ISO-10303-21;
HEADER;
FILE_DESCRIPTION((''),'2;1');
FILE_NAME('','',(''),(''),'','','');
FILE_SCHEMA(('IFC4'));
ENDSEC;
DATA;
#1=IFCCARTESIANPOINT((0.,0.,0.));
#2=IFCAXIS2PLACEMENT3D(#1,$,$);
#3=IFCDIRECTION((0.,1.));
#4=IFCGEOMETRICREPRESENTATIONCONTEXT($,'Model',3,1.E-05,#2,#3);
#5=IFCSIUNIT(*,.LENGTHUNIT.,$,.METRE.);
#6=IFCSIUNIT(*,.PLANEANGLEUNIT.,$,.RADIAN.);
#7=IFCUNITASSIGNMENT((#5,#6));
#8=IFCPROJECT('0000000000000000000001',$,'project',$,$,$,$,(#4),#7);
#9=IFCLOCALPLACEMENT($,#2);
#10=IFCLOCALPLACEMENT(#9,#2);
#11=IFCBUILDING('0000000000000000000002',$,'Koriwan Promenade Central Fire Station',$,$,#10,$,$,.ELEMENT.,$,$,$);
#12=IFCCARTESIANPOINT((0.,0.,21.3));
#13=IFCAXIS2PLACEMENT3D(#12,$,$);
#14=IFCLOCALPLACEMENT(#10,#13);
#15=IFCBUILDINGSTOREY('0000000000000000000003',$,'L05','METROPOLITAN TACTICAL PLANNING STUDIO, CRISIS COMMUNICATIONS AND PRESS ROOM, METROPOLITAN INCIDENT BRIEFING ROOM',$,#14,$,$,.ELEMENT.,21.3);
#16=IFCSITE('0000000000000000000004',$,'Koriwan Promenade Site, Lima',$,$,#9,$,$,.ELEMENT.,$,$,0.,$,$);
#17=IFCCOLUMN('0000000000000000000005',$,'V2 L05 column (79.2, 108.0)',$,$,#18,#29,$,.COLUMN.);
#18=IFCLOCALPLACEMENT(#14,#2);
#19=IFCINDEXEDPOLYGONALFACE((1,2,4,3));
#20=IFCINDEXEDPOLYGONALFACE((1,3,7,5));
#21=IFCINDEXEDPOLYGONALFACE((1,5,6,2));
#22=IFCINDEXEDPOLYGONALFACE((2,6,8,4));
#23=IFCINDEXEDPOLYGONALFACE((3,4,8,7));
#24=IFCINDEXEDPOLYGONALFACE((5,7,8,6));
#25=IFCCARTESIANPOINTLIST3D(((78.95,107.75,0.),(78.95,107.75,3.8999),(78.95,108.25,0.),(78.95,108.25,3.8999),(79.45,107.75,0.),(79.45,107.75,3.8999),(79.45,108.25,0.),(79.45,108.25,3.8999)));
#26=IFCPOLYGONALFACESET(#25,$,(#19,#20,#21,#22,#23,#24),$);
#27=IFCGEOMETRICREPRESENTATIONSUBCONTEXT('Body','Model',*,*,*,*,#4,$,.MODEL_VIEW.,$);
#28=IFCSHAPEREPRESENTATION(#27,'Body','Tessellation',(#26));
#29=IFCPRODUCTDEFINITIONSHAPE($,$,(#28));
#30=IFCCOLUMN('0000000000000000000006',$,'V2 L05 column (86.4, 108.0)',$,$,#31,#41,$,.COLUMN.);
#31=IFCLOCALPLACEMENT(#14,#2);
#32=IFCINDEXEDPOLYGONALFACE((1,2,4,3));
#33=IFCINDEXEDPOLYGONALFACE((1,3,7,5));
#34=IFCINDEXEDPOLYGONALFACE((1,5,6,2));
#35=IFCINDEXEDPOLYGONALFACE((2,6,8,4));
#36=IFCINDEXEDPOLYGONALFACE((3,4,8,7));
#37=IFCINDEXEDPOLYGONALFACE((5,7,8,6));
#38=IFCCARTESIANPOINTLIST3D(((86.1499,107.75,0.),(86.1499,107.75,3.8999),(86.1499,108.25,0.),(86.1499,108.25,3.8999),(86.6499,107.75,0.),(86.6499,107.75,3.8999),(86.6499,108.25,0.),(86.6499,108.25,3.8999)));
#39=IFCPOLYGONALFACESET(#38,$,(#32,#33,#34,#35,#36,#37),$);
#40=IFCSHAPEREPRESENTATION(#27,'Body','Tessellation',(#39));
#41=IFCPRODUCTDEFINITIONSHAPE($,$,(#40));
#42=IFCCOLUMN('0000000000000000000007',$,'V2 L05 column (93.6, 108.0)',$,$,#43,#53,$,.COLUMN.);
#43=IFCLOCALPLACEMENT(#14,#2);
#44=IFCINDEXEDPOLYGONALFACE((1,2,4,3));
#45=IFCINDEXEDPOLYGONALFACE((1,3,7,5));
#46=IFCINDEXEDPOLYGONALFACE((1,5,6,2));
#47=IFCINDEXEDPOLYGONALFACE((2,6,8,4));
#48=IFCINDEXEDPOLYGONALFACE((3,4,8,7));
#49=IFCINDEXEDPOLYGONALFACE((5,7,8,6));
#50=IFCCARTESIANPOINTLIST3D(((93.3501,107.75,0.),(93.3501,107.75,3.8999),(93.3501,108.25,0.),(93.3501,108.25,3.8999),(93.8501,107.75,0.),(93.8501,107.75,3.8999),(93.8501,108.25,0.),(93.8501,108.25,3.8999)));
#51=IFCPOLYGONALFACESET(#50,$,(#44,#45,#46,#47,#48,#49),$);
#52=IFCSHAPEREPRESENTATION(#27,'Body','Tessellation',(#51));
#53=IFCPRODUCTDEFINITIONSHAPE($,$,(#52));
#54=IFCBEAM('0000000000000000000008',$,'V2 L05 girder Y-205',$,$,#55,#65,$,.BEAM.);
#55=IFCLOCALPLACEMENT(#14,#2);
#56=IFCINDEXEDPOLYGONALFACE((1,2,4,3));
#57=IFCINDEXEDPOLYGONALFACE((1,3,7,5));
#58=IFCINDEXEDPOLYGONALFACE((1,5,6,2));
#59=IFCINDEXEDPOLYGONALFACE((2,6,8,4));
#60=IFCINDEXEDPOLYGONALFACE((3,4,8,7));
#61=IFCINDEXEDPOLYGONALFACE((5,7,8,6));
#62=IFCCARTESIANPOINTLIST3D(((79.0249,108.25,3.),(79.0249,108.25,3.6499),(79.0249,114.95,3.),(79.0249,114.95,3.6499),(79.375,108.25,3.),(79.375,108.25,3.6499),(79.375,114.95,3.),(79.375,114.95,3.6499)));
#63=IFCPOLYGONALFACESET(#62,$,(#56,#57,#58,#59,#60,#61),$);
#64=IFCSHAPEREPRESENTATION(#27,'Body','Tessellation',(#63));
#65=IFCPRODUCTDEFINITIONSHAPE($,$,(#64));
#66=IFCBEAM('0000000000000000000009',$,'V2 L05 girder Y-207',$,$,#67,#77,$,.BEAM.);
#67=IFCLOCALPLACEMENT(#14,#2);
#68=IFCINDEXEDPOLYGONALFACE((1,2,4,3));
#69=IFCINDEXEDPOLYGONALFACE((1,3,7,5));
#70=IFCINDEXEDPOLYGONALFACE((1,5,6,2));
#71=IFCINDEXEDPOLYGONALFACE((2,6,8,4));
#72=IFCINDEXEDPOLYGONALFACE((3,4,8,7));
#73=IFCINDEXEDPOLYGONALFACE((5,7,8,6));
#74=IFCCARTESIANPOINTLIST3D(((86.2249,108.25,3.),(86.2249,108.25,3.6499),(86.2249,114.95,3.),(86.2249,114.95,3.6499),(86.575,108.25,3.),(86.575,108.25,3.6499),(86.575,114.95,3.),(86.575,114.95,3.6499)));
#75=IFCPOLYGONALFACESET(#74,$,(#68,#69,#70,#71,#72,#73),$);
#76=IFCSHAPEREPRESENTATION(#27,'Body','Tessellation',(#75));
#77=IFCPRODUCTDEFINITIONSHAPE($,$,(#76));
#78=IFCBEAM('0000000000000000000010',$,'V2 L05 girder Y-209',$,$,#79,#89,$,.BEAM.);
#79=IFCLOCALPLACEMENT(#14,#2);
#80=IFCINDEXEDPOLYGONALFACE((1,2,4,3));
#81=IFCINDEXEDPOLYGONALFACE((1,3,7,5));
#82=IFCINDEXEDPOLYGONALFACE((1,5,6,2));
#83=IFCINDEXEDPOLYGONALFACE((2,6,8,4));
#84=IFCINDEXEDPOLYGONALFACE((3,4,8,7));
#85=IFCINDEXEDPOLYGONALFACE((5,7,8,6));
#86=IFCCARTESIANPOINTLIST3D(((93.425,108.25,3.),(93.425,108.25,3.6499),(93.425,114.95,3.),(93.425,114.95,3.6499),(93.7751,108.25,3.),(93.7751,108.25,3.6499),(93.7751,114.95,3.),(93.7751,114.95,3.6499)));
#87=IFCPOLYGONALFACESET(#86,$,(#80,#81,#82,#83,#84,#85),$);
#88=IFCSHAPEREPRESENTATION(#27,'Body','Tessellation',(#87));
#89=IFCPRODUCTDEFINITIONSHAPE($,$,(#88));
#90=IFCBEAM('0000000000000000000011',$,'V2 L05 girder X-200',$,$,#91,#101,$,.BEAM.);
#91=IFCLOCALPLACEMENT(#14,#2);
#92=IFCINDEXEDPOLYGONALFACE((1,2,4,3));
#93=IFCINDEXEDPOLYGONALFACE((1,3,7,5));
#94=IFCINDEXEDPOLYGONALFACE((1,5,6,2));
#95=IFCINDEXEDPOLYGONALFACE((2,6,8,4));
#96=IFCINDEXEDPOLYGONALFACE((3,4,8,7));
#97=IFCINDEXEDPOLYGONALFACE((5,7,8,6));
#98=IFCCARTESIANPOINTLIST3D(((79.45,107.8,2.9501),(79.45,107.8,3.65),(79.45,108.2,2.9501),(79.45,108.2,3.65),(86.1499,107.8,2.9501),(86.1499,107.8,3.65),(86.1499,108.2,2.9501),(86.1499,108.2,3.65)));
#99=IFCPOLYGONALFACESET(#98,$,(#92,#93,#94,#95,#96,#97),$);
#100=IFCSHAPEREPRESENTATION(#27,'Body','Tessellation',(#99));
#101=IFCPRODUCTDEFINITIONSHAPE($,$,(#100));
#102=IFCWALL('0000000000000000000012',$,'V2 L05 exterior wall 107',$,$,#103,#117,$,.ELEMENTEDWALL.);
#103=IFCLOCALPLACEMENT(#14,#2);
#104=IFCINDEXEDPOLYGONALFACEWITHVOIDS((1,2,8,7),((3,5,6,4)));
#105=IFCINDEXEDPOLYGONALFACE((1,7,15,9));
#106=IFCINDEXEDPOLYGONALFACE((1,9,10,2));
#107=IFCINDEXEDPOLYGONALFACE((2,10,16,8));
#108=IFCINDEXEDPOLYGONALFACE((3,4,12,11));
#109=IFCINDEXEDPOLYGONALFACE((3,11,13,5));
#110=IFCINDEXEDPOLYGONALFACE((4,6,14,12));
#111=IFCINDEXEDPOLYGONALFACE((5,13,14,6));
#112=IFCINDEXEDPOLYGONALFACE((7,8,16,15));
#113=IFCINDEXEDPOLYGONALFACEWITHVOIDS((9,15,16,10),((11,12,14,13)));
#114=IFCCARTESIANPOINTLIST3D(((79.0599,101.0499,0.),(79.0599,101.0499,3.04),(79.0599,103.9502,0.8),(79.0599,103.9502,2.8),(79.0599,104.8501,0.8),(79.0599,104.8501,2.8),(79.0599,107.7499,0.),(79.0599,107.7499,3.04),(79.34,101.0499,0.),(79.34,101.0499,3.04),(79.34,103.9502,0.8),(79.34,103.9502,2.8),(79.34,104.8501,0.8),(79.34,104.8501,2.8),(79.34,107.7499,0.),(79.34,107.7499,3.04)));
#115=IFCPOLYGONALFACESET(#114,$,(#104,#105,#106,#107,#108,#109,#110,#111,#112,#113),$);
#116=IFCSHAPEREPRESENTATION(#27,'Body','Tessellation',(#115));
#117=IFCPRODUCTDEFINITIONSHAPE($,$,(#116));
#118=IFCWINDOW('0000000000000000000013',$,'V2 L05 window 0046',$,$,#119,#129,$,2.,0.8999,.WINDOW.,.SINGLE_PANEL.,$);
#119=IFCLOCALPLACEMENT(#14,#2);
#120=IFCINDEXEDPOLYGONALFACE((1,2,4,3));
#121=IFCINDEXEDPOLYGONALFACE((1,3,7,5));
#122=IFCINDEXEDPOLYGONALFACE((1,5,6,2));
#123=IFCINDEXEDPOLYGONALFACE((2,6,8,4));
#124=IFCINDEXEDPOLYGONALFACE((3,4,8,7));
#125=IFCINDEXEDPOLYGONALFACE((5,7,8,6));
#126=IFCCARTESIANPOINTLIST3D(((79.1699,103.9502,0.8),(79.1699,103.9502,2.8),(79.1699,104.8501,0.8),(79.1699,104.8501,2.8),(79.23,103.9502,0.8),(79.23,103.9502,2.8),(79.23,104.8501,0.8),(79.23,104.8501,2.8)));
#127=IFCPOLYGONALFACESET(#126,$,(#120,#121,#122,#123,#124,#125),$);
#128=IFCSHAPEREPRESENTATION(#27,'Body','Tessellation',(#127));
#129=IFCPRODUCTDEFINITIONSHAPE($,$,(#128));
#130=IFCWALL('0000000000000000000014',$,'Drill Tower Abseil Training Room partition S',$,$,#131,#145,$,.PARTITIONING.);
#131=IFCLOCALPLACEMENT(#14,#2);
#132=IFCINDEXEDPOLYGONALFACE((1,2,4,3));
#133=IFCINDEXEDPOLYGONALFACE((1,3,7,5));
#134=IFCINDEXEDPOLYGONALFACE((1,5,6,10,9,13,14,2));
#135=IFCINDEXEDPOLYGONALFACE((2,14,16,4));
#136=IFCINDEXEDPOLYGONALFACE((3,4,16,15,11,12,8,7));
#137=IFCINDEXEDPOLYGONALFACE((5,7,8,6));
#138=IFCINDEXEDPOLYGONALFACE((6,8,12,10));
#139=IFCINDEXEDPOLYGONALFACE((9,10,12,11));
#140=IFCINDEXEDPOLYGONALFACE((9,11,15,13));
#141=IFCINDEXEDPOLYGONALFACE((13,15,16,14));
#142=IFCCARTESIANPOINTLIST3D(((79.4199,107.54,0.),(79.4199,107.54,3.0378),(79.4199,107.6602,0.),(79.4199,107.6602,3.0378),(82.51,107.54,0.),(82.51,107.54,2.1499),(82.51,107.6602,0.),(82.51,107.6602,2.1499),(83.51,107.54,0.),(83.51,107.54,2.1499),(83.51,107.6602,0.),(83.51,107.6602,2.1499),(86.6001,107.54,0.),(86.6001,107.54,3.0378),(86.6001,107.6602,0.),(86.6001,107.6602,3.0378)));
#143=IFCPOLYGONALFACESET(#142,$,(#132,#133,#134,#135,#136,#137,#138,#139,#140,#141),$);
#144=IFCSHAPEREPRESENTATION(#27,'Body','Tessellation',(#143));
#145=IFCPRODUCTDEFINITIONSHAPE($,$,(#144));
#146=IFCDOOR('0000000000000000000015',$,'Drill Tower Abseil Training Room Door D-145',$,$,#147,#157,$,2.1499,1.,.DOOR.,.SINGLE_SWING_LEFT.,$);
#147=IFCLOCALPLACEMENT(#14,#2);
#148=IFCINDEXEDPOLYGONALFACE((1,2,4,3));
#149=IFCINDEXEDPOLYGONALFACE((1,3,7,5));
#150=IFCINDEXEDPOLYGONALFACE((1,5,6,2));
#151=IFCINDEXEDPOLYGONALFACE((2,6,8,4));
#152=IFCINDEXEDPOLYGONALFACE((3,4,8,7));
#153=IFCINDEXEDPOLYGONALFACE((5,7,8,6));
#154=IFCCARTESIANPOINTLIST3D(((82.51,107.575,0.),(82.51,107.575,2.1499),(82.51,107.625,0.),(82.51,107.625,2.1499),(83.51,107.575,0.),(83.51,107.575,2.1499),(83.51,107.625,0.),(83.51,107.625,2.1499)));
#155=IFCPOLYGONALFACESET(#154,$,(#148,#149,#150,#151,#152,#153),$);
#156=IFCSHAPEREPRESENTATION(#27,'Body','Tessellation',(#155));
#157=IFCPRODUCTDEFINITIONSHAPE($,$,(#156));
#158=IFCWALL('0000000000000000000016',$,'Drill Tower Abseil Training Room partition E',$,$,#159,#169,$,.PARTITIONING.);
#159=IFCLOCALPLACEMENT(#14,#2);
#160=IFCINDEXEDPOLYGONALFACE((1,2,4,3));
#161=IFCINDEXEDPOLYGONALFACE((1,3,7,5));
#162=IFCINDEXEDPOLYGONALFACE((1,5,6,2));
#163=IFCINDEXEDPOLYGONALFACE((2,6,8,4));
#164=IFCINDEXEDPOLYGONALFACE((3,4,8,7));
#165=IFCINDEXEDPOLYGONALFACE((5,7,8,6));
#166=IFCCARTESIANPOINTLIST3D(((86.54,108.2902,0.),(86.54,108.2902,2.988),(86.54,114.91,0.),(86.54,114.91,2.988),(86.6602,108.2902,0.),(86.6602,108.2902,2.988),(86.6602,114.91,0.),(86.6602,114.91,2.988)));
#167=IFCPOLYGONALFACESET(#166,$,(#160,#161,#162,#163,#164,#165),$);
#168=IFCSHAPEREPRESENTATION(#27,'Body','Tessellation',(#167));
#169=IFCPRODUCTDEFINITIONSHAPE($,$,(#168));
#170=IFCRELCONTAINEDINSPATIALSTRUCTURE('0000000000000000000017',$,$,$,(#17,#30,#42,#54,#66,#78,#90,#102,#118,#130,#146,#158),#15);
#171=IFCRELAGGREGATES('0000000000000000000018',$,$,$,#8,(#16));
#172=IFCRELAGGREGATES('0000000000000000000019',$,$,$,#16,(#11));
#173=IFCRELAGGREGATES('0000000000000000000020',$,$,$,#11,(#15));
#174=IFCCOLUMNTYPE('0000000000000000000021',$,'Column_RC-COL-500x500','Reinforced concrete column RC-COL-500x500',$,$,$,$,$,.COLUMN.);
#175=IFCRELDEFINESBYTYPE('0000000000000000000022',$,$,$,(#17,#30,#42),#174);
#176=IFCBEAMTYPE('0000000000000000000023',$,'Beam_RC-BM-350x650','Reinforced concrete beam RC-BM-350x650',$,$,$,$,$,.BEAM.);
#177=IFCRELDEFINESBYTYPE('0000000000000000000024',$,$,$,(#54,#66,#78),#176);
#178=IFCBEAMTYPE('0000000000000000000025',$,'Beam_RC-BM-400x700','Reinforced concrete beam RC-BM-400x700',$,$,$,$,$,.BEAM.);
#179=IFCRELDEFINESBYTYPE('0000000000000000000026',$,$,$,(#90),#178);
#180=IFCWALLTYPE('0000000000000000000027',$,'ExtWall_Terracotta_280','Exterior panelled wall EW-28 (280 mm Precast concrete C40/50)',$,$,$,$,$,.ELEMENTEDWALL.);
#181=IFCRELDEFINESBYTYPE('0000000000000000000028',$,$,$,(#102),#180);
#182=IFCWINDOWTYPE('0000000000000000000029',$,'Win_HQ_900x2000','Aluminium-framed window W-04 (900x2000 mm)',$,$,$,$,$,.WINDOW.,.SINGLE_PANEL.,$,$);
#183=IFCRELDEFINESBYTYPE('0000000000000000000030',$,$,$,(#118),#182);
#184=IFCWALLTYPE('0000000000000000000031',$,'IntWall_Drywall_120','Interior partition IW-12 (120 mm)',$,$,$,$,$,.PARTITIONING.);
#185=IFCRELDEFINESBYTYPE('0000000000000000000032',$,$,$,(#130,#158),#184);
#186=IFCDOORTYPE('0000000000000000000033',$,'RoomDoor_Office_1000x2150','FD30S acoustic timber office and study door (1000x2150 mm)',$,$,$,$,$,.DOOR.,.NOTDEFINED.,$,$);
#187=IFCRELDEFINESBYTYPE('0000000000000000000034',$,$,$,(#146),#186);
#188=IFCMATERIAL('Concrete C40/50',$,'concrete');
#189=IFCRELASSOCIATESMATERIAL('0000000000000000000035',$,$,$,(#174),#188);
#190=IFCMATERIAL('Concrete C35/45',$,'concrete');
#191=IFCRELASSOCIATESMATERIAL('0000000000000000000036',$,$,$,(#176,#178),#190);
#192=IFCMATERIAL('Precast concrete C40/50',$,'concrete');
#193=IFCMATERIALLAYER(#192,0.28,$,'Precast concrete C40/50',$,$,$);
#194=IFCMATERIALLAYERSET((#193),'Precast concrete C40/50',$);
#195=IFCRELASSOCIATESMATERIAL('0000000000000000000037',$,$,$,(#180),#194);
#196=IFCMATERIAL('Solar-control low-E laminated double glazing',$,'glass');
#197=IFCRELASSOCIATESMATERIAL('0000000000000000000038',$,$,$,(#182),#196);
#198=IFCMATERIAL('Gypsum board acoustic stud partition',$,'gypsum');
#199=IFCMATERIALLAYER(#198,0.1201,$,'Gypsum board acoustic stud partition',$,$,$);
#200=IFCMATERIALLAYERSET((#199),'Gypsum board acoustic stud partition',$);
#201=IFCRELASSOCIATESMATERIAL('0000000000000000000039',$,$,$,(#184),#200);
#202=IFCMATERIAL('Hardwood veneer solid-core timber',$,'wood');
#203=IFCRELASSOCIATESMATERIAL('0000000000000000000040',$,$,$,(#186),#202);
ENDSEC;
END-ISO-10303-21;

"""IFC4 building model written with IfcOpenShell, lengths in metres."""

from ifc_helpers import new_model, si_unit, direction, frame, frame_2d, origin, origin_2d, place, context, subcontext, project, spatial, rectangle, extrude, material, layer, layer_set, material_profile, profile_set, type_object, element, fill, save


model = new_model("IFC4")

# Units and contexts
model_context = context("Model", 3, precision=1e-05, world=origin(), true_north=direction((0.0, 1.0)))
body_context = subcontext(model_context, "Body", "Model", "MODEL_VIEW")
ifc_project = project(units=[si_unit("LENGTHUNIT", "METRE"), si_unit("PLANEANGLEUNIT", "RADIAN")], contexts=[model_context])

# Site, building, storey
site_placement = place(None, origin())
site = spatial("IfcSite", under=ifc_project, at=site_placement, Name="Koriwan Promenade Site, Lima", CompositionType="ELEMENT", RefElevation=0.0)
building_placement = place(site_placement, origin())
building = spatial("IfcBuilding", under=site, at=building_placement, Name="Koriwan Promenade Central Fire Station", CompositionType="ELEMENT")
storey_placement = place(building_placement, frame((0.0, 0.0, 21.3)))
storey = spatial("IfcBuildingStorey", under=building, at=storey_placement, Name="L05", Description="METROPOLITAN TACTICAL PLANNING STUDIO, CRISIS COMMUNICATIONS AND PRESS ROOM, METROPOLITAN INCIDENT BRIEFING ROOM", CompositionType="ELEMENT", Elevation=21.3)

# Columns
ifc_material_1 = material(Name="Concrete C40/50", Category="concrete")
ifc_material_profile_1 = material_profile(ifc_material_1, rectangle(XDim=0.5, YDim=0.5, at=origin_2d()), Name="RC-COL-500x500")
ifc_profile_set_1 = profile_set([ifc_material_profile_1], Name="Concrete C40/50")
column_type = type_object("IfcColumnType", Name="Column_RC-COL-500x500", Description="Reinforced concrete column RC-COL-500x500", PredefinedType="COLUMN", material=ifc_profile_set_1)
for number, where, z_axis, x_axis, name in (
    (1, (79.2, 108.0, 0.0), (0.0, 0.0, 1.0), (1.0, 0.0, 0.0), "V2 L05 column (79.2, 108.0)"),
    (2, (86.3999, 108.0, 0.0), (0.0, 0.0, 1.0), (1.0, 0.0, 0.0), "V2 L05 column (86.4, 108.0)"),
    (3, (93.6001, 108.0, 0.0), (0.0, 0.0, 1.0), (1.0, 0.0, 0.0), "V2 L05 column (93.6, 108.0)"),
):
    element("IfcColumn", number, at=place(storey_placement, frame(where, z_axis=z_axis, x_axis=x_axis)), inside=storey, type_object=column_type, Name=name, PredefinedType="COLUMN", context=body_context, shape_type="SweptSolid", body=[
        extrude(rectangle(XDim=0.5, YDim=0.5, at=origin_2d()), origin(), (0.0, 0.0, 1.0), 3.8999),
    ])

# Beams
ifc_material_2 = material(Name="Concrete C35/45", Category="concrete")
ifc_material_profile_2 = material_profile(ifc_material_2, rectangle(XDim=0.3501, YDim=0.6499, at=origin_2d()), Name="RC-BM-350x650")
ifc_profile_set_2 = profile_set([ifc_material_profile_2], Name="Concrete C35/45")
beam_type_1 = type_object("IfcBeamType", Name="Beam_RC-BM-350x650", Description="Reinforced concrete beam RC-BM-350x650", PredefinedType="BEAM", material=ifc_profile_set_2)
for number, where, z_axis, x_axis, name in (
    (4, (79.2, 108.25, 3.325), (0.0, 1.0, 0.0), (-1.0, 0.0, 0.0), "V2 L05 girder Y-205"),
    (5, (86.3999, 108.25, 3.325), (0.0, 1.0, 0.0), (-1.0, 0.0, 0.0), "V2 L05 girder Y-207"),
    (6, (93.6001, 108.25, 3.325), (0.0, 1.0, 0.0), (-1.0, 0.0, 0.0), "V2 L05 girder Y-209"),
):
    element("IfcBeam", number, at=place(storey_placement, frame(where, z_axis=z_axis, x_axis=x_axis)), inside=storey, type_object=beam_type_1, Name=name, PredefinedType="BEAM", context=body_context, shape_type="SweptSolid", body=[
        extrude(rectangle(XDim=0.3501, YDim=0.6499, at=origin_2d()), origin(), (0.0, 0.0, 1.0), 6.7),
    ])
ifc_material_profile_3 = material_profile(ifc_material_2, rectangle(XDim=0.3999, YDim=0.7, at=origin_2d()), Name="RC-BM-400x700")
ifc_profile_set_3 = profile_set([ifc_material_profile_3], Name="Concrete C35/45")
beam_type_2 = type_object("IfcBeamType", Name="Beam_RC-BM-400x700", Description="Reinforced concrete beam RC-BM-400x700", PredefinedType="BEAM", material=ifc_profile_set_3)
beam_placement = place(storey_placement, frame((79.45, 108.0, 3.3), z_axis=(1.0, 0.0, 0.0), x_axis=(0.0, 1.0, 0.0)))
element("IfcBeam", 7, at=beam_placement, inside=storey, type_object=beam_type_2, Name="V2 L05 girder X-200", PredefinedType="BEAM", context=body_context, shape_type="SweptSolid", body=[
    extrude(rectangle(XDim=0.3999, YDim=0.7, at=origin_2d()), origin(), (0.0, 0.0, 1.0), 6.7),
])

# Wall, opening, window
ifc_material_3 = material(Name="Precast concrete C40/50", Category="concrete")
ifc_layer_1 = layer(ifc_material_3, 0.28, Name="Precast concrete C40/50")
ifc_layer_set_1 = layer_set([ifc_layer_1], Name="Precast concrete C40/50")
wall_type_1 = type_object("IfcWallType", Name="ExtWall_Terracotta_280", Description="Exterior panelled wall EW-28 (280 mm Precast concrete C40/50)", PredefinedType="ELEMENTEDWALL", material=ifc_layer_set_1)
wall_1_placement = place(storey_placement, frame((79.2, 107.75, 0.0), z_axis=(0.0, 0.0, 1.0), x_axis=(0.0, -1.0, 0.0)))
wall_1 = element("IfcWall", 8, at=wall_1_placement, inside=storey, type_object=wall_type_1, Name="V2 L05 exterior wall 107", PredefinedType="ELEMENTEDWALL", context=body_context, shape_type="SweptSolid", body=[
    extrude(rectangle(XDim=6.7, YDim=0.28, at=frame_2d((3.3501, 0.0))), origin(), (0.0, 0.0, 1.0), 3.04),
])
opening_1_placement = place(wall_1_placement, frame((2.8999, 0.0, 0.8)))
opening_1 = element("IfcOpeningElement", 9, at=opening_1_placement, cuts=wall_1, PredefinedType="OPENING", context=body_context, shape_type="SweptSolid", body=[
    extrude(rectangle(XDim=0.8999, YDim=2.0, at=frame_2d((0.45, 1.0))), frame((0.0, 0.1519, 0.0), z_axis=(0.0, -1.0, 0.0), x_axis=(1.0, 0.0, 0.0)), (0.0, 0.0, 1.0), 0.304),
])
ifc_material_4 = material(Name="Solar-control low-E laminated double glazing", Category="glass")
window_type = type_object("IfcWindowType", Name="Win_HQ_900x2000", Description="Aluminium-framed window W-04 (900x2000 mm)", PartitioningType="SINGLE_PANEL", PredefinedType="WINDOW", material=ifc_material_4)
window_placement = place(opening_1_placement, origin())
window = element("IfcWindow", 10, at=window_placement, inside=storey, type_object=window_type, Name="V2 L05 window 0046", OverallHeight=2.0, OverallWidth=0.8999, PartitioningType="SINGLE_PANEL", PredefinedType="WINDOW", context=body_context, shape_type="SweptSolid", body=[
    extrude(rectangle(XDim=0.8999, YDim=2.0, at=frame_2d((0.45, 1.0))), frame((0.0, 0.03, 0.0), z_axis=(0.0, -1.0, 0.0), x_axis=(1.0, 0.0, 0.0)), (0.0, 0.0, 1.0), 0.0601),
])
fill(opening_1, window)

# Wall, opening, door
ifc_material_5 = material(Name="Gypsum board acoustic stud partition", Category="gypsum")
ifc_layer_2 = layer(ifc_material_5, 0.1201, Name="Gypsum board acoustic stud partition")
ifc_layer_set_2 = layer_set([ifc_layer_2], Name="Gypsum board acoustic stud partition")
wall_type_2 = type_object("IfcWallType", Name="IntWall_Drywall_120", Description="Interior partition IW-12 (120 mm)", PredefinedType="PARTITIONING", material=ifc_layer_set_2)
wall_2_placement = place(storey_placement, frame((79.4199, 107.6001, 0.0), z_axis=(0.0, 0.0, 1.0), x_axis=(1.0, 0.0, 0.0)))
wall_2 = element("IfcWall", 11, at=wall_2_placement, inside=storey, type_object=wall_type_2, Name="Drill Tower Abseil Training Room partition S", PredefinedType="PARTITIONING", context=body_context, shape_type="SweptSolid", body=[
    extrude(rectangle(XDim=7.1802, YDim=0.1201, at=frame_2d((3.5901, 0.0))), origin(), (0.0, 0.0, 1.0), 3.0378),
])
opening_2_placement = place(wall_2_placement, frame((3.0901, 0.0, 0.0)))
opening_2 = element("IfcOpeningElement", 12, at=opening_2_placement, cuts=wall_2, PredefinedType="OPENING", context=body_context, shape_type="SweptSolid", body=[
    extrude(rectangle(XDim=1.0, YDim=2.1499, at=frame_2d((0.5, 1.075))), frame((0.0, 0.072, 0.0), z_axis=(0.0, -1.0, 0.0), x_axis=(1.0, 0.0, 0.0)), (0.0, 0.0, 1.0), 0.144),
])
ifc_material_6 = material(Name="Hardwood veneer solid-core timber", Category="wood")
door_type_1 = type_object("IfcDoorType", Name="RoomDoor_Office_1000x2150", Description="FD30S acoustic timber office and study door (1000x2150 mm)", OperationType="NOTDEFINED", PredefinedType="DOOR", material=ifc_material_6)
door_1_placement = place(opening_2_placement, origin())
door_1 = element("IfcDoor", 13, at=door_1_placement, inside=storey, type_object=door_type_1, Name="Drill Tower Abseil Training Room Door D-145", OperationType="SINGLE_SWING_LEFT", OverallHeight=2.1499, OverallWidth=1.0, PredefinedType="DOOR", context=body_context, shape_type="SweptSolid", body=[
    extrude(rectangle(XDim=1.0, YDim=2.1499, at=frame_2d((0.5, 1.075))), frame((0.0, 0.0249, 0.0), z_axis=(0.0, -1.0, 0.0), x_axis=(1.0, 0.0, 0.0)), (0.0, 0.0, 1.0), 0.05),
])
fill(opening_2, door_1)

# Wall
wall_3_placement = place(storey_placement, frame((86.6001, 108.29, 0.0), z_axis=(0.0, 0.0, 1.0), x_axis=(0.0, 1.0, 0.0)))
element("IfcWall", 14, at=wall_3_placement, inside=storey, type_object=wall_type_2, Name="Drill Tower Abseil Training Room partition E", PredefinedType="PARTITIONING", context=body_context, shape_type="SweptSolid", body=[
    extrude(rectangle(XDim=6.6199, YDim=0.1201, at=frame_2d((3.3101, 0.0))), origin(), (0.0, 0.0, 1.0), 2.988),
])

save(model, "model.ifc")
